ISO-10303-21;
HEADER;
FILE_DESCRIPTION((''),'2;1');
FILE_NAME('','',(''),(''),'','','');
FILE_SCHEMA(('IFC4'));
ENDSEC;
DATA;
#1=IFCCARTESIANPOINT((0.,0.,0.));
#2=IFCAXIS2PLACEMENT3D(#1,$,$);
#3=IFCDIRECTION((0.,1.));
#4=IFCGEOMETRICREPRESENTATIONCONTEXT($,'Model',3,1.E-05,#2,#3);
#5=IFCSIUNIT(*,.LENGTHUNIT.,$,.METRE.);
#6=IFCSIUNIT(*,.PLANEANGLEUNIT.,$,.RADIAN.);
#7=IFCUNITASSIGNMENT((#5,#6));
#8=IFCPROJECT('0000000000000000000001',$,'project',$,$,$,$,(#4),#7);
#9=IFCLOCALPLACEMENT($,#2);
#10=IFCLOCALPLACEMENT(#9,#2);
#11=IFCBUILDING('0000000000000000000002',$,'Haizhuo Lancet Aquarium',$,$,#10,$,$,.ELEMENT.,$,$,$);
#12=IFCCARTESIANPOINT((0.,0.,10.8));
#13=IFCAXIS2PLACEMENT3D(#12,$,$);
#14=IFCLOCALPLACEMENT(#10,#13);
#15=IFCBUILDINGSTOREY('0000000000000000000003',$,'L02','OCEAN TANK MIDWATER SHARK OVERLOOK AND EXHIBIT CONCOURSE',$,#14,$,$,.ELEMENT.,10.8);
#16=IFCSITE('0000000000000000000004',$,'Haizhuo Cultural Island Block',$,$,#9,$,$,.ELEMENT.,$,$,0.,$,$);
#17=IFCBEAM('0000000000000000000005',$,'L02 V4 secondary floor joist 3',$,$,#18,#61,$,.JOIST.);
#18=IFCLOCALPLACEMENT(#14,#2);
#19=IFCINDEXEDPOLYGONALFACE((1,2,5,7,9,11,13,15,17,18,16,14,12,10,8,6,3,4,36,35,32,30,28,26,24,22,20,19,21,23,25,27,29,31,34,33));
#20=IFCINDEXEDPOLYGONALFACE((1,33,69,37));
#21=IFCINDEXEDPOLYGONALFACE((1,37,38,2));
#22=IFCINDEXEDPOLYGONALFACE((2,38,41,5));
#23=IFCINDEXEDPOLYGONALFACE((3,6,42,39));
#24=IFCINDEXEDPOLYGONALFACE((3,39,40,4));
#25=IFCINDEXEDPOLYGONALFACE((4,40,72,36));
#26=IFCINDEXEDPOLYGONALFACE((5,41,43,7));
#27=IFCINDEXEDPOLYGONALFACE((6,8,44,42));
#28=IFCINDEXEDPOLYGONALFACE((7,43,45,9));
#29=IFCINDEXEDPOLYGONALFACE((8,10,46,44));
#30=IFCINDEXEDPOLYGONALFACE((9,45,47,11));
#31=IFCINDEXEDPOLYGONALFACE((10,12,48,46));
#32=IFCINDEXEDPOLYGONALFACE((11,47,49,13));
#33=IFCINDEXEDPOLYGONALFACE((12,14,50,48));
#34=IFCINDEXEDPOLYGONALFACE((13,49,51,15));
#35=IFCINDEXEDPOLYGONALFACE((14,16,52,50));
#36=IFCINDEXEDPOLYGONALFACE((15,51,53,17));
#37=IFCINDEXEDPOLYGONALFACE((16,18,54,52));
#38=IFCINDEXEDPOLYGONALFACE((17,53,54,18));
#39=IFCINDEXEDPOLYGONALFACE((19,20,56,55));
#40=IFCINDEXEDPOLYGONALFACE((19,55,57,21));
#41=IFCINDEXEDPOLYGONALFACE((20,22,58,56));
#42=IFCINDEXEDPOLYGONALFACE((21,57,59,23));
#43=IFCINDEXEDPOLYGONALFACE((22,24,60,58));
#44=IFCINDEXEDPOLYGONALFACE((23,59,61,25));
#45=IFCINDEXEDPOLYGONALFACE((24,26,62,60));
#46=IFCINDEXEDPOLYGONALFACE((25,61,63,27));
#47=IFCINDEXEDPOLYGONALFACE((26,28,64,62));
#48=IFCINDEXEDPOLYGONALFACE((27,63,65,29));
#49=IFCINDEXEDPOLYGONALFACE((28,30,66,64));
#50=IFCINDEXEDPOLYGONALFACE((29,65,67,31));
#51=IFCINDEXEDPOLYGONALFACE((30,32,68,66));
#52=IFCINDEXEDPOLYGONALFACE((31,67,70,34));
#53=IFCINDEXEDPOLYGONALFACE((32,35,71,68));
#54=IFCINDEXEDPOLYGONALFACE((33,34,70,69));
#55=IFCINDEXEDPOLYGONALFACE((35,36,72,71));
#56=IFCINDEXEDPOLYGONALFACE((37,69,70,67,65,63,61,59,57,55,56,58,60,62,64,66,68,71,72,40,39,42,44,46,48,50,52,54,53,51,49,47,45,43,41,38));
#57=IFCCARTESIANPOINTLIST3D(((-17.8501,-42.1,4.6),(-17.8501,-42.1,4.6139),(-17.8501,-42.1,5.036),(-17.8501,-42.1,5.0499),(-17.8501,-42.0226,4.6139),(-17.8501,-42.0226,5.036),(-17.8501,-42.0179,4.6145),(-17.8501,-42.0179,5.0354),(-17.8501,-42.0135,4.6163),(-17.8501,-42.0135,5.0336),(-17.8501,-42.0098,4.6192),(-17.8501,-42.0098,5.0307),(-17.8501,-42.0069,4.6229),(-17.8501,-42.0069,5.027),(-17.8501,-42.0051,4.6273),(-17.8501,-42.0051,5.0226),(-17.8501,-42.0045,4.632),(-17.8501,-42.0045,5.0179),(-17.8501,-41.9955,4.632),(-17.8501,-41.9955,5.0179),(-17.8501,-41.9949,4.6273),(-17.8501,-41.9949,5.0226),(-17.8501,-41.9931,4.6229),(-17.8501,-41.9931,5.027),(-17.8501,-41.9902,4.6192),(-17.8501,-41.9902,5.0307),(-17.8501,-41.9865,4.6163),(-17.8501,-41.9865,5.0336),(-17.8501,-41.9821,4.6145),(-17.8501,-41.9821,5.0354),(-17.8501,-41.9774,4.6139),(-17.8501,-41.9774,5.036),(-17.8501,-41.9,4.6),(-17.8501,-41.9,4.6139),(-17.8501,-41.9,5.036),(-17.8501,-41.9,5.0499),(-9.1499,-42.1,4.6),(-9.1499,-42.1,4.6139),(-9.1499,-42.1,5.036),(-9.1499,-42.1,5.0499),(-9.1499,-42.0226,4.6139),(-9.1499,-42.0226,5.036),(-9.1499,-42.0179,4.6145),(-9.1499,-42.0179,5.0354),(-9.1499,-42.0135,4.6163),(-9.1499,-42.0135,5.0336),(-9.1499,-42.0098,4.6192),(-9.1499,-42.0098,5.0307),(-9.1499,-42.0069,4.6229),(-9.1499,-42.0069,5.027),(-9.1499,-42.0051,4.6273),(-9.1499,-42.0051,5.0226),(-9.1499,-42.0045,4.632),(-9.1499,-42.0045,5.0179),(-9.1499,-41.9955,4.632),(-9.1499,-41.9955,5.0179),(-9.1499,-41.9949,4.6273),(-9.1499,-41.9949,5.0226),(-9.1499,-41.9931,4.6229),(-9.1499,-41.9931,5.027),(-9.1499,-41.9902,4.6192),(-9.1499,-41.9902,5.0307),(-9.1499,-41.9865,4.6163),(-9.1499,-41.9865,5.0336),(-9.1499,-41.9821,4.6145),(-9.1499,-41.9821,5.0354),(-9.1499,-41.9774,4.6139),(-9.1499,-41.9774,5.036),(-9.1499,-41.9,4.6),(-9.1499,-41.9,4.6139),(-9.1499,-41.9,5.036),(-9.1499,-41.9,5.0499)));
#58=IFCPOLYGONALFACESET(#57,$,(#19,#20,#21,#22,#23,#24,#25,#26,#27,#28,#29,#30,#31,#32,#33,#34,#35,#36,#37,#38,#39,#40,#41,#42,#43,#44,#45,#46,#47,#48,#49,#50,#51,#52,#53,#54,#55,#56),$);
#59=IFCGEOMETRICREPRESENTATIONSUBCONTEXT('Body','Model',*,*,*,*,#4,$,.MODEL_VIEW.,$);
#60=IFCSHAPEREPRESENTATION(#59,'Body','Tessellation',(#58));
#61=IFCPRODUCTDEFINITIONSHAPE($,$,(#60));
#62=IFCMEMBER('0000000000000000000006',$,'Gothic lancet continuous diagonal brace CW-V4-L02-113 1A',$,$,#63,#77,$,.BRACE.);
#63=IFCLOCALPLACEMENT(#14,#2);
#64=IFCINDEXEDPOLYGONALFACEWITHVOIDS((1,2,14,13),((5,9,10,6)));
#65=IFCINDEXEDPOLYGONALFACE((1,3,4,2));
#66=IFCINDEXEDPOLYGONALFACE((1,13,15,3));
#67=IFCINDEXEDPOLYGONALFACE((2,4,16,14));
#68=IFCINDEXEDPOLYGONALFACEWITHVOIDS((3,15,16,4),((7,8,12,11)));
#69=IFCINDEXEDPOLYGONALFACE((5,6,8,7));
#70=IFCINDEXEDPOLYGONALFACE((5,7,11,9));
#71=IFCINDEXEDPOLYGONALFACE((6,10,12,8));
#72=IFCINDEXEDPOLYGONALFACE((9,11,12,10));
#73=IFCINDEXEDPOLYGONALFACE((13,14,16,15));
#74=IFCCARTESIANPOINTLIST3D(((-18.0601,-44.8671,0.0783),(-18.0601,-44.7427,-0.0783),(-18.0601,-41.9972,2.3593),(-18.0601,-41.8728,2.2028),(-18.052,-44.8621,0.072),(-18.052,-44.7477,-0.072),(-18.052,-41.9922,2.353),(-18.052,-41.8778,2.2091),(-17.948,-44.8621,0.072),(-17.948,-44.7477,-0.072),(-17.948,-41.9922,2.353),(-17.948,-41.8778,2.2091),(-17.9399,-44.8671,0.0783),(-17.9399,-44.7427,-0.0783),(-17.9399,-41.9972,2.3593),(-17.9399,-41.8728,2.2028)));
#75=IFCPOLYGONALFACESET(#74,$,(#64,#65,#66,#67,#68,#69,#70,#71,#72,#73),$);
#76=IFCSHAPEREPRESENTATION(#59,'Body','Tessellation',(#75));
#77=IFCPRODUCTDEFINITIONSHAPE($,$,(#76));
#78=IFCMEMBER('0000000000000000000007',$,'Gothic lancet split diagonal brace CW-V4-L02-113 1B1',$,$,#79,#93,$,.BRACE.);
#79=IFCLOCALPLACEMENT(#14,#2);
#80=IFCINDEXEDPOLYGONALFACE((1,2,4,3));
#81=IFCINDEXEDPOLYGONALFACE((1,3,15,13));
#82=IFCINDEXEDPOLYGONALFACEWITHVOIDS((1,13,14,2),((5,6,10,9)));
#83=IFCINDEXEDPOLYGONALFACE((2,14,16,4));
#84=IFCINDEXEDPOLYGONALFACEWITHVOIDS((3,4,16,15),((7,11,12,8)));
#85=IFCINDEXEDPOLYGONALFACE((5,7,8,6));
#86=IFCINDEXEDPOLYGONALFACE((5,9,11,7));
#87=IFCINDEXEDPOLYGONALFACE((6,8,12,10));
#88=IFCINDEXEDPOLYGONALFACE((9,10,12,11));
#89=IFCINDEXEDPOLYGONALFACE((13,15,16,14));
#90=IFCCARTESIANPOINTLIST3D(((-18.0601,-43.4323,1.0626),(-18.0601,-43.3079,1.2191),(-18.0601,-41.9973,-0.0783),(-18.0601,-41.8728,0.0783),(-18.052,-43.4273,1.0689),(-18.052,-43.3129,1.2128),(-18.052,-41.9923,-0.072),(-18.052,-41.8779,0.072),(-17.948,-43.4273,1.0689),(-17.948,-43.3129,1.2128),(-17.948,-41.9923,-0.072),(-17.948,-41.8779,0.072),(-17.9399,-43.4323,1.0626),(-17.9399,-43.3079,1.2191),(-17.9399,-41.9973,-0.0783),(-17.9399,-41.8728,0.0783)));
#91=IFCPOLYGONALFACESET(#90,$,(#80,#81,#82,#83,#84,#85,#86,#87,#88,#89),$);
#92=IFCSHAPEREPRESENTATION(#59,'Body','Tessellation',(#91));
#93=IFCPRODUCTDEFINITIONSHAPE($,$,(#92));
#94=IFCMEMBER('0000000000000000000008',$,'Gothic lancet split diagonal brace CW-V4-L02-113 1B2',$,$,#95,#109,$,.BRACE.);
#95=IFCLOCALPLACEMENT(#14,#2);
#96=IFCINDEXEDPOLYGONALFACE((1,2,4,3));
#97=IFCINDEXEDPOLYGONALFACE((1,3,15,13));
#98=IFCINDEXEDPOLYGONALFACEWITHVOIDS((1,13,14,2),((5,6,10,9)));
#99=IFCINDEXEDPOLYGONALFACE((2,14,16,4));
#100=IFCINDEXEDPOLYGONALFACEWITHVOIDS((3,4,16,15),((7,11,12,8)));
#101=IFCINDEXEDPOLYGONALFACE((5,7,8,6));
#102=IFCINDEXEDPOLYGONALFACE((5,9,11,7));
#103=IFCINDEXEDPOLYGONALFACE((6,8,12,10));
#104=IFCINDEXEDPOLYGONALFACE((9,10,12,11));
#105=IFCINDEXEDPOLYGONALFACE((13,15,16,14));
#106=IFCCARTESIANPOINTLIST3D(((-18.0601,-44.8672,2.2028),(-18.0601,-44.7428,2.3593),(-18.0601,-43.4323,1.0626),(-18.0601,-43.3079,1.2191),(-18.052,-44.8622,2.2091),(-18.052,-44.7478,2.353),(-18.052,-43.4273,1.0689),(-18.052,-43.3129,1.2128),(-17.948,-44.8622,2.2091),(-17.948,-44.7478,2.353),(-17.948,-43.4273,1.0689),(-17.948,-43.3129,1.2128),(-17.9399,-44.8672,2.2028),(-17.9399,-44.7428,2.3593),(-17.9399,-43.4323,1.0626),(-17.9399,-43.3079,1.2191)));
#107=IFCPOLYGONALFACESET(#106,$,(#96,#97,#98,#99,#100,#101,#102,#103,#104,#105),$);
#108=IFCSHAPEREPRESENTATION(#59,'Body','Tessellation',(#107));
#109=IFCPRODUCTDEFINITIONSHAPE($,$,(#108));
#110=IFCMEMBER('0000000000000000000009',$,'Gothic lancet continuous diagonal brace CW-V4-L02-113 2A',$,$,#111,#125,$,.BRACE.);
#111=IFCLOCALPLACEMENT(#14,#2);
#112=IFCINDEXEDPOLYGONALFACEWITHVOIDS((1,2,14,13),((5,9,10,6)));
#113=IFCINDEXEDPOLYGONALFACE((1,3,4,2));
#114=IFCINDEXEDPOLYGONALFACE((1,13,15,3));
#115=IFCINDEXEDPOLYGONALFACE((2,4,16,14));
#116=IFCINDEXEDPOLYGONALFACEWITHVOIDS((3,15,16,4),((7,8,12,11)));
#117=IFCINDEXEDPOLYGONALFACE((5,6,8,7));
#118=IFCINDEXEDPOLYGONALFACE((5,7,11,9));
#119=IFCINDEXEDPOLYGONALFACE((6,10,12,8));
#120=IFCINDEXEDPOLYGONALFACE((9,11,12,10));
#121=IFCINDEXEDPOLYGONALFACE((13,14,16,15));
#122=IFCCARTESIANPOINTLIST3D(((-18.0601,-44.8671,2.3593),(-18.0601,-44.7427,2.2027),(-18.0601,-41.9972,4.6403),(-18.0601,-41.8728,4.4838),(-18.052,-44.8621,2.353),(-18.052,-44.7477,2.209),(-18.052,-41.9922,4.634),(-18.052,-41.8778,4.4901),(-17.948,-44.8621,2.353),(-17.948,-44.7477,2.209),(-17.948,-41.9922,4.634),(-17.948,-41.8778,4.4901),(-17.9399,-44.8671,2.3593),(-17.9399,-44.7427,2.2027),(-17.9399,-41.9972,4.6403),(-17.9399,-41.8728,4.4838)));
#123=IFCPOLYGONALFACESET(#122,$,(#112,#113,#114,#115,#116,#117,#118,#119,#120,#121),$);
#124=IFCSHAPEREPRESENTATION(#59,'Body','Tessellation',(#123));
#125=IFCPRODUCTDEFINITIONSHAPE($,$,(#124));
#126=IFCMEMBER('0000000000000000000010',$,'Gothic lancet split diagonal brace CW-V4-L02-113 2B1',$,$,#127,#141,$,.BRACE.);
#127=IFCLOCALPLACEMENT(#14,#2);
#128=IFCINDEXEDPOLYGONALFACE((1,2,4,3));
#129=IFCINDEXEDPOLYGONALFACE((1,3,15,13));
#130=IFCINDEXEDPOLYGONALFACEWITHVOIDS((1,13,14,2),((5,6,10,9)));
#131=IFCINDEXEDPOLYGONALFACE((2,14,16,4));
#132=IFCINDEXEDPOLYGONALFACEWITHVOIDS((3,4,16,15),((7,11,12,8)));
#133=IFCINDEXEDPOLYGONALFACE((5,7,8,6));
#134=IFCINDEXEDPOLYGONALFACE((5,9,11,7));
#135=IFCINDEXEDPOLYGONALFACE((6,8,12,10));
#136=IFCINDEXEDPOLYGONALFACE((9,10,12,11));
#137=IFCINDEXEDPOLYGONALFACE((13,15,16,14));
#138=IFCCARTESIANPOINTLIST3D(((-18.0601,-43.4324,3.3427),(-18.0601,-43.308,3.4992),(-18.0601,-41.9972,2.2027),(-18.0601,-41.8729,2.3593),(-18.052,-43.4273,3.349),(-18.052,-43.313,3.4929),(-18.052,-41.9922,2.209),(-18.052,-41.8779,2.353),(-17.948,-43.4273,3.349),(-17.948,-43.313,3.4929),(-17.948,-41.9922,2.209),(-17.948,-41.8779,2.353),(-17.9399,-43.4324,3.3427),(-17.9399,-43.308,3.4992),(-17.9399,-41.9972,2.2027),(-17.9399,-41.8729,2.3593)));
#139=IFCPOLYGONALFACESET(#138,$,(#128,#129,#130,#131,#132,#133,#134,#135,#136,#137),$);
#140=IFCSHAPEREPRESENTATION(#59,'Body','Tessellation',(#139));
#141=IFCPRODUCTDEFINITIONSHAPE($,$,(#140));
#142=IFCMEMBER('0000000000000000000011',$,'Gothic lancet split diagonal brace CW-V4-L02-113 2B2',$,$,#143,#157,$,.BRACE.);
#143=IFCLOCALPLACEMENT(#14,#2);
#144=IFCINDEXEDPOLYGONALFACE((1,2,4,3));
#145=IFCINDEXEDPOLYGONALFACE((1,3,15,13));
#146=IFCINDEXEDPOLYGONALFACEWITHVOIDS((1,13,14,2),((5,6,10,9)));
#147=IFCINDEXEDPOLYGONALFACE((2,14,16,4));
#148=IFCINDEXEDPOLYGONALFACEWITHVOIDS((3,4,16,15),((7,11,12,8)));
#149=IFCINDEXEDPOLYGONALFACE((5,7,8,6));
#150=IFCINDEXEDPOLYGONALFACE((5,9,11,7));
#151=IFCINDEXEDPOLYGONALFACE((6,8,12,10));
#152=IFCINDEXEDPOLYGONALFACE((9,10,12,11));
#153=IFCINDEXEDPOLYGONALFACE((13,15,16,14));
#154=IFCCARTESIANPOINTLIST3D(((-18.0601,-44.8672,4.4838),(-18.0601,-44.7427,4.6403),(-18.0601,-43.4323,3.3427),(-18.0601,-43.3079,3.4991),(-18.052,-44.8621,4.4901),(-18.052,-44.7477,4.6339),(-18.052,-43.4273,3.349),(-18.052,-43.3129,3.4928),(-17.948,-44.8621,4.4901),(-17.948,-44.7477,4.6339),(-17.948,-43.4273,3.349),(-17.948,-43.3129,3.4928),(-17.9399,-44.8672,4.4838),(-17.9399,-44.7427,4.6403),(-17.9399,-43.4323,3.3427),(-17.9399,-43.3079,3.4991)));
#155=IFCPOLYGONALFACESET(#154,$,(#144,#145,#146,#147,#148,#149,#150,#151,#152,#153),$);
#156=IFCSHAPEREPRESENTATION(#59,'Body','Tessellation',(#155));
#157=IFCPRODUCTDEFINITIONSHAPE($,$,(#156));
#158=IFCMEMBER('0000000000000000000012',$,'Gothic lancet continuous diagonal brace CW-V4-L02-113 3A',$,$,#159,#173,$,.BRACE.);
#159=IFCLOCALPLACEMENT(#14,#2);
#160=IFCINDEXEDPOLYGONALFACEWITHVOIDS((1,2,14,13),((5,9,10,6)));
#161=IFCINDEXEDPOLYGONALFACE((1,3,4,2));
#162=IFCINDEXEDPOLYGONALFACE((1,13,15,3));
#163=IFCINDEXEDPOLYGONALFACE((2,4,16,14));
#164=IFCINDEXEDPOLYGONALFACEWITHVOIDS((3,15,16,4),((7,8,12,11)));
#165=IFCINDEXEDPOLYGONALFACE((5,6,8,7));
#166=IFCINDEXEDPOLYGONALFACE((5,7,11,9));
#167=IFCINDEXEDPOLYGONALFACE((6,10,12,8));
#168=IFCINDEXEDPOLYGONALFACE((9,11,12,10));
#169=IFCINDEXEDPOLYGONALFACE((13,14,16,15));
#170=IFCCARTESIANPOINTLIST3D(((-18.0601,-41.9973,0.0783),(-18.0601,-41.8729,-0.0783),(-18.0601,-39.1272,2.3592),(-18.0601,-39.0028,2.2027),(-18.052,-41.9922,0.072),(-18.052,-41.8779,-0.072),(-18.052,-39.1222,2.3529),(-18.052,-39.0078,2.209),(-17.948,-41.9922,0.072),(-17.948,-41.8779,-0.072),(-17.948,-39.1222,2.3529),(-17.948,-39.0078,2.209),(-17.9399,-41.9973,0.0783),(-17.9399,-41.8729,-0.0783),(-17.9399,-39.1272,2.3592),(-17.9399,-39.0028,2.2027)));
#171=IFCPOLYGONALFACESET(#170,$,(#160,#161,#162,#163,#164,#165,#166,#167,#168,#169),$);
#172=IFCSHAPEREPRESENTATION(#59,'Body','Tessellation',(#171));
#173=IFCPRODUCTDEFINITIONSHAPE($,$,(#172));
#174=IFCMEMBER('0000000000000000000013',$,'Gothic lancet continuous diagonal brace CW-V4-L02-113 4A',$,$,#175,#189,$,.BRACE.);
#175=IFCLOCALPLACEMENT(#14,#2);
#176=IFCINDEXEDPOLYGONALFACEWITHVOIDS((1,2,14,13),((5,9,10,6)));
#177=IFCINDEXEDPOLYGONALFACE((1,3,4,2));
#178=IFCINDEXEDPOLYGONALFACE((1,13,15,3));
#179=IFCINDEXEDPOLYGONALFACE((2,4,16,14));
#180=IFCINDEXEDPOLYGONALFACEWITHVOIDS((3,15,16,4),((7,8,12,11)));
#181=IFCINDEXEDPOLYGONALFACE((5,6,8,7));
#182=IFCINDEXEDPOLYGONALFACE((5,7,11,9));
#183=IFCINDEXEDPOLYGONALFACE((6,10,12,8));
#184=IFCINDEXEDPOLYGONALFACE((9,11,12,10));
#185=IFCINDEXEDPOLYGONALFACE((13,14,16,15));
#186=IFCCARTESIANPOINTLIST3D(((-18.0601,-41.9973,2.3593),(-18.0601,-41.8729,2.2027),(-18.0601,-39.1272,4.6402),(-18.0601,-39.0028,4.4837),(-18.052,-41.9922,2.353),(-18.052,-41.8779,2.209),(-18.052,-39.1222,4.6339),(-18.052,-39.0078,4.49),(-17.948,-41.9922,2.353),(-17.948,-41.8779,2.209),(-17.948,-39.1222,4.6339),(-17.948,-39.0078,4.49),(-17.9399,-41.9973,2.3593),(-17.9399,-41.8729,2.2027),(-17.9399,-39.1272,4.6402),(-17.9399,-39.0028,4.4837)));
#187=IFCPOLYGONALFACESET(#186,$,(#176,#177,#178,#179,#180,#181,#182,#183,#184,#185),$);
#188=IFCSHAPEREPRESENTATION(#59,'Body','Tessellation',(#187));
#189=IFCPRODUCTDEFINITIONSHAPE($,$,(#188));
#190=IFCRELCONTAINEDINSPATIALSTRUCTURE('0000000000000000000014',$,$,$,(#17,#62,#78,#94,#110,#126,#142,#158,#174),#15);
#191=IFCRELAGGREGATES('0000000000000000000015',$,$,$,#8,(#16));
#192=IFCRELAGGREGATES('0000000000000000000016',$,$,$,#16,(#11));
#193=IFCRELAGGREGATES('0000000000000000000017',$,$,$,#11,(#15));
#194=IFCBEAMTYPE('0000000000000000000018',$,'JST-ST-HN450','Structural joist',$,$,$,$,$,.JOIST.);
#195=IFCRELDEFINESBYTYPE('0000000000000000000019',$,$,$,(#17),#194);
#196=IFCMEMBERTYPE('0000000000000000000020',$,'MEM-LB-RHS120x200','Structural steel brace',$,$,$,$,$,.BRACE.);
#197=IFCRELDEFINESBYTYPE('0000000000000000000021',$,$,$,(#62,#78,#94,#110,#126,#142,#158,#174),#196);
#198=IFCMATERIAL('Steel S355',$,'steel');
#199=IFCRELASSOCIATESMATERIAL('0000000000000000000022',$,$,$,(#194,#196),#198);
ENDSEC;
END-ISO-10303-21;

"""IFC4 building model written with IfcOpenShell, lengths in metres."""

from ifc_helpers import new_model, si_unit, direction, frame, origin, origin_2d, place, context, subcontext, project, spatial, hollow_rectangle, i_section, extrude, material, material_profile, profile_set, type_object, element, save


model = new_model("IFC4")

# Units and contexts
model_context = context("Model", 3, precision=1e-05, world=origin(), true_north=direction((0.0, 1.0)))
body_context = subcontext(model_context, "Body", "Model", "MODEL_VIEW")
ifc_project = project(units=[si_unit("LENGTHUNIT", "METRE"), si_unit("PLANEANGLEUNIT", "RADIAN")], contexts=[model_context])

# Site, building, storey
site_placement = place(None, origin())
site = spatial("IfcSite", under=ifc_project, at=site_placement, Name="Haizhuo Cultural Island Block", CompositionType="ELEMENT", RefElevation=0.0)
building_placement = place(site_placement, origin())
building = spatial("IfcBuilding", under=site, at=building_placement, Name="Haizhuo Lancet Aquarium", CompositionType="ELEMENT")
storey_placement = place(building_placement, frame((0.0, 0.0, 10.8)))
storey = spatial("IfcBuildingStorey", under=building, at=storey_placement, Name="L02", Description="OCEAN TANK MIDWATER SHARK OVERLOOK AND EXHIBIT CONCOURSE", CompositionType="ELEMENT", Elevation=10.8)

# Beam
ifc_material_1 = material(Name="Steel S355", Category="steel")
ifc_material_profile_1 = material_profile(ifc_material_1, i_section(OverallWidth=0.2, OverallDepth=0.45, WebThickness=0.009, FlangeThickness=0.0139, FilletRadius=0.0181, at=origin_2d()), Name="HN 450x200x9x14")
ifc_profile_set_1 = profile_set([ifc_material_profile_1], Name="Steel S355")
beam_type = type_object("IfcBeamType", Name="JST-ST-HN450", Description="Structural joist", PredefinedType="JOIST", material=ifc_profile_set_1)
beam_placement = place(storey_placement, frame((-17.8501, -42.0, 4.825), z_axis=(1.0, 0.0, 0.0), x_axis=(0.0, 1.0, 0.0)))
element("IfcBeam", 1, at=beam_placement, inside=storey, type_object=beam_type, Name="L02 V4 secondary floor joist 3", PredefinedType="JOIST", context=body_context, shape_type="SweptSolid", body=[
    extrude(i_section(OverallWidth=0.2, OverallDepth=0.45, WebThickness=0.009, FlangeThickness=0.0139, FilletRadius=0.0181, at=origin_2d()), origin(), (0.0, 0.0, 1.0), 8.7002),
])

# Members
ifc_material_profile_2 = material_profile(ifc_material_1, hollow_rectangle(XDim=0.1201, YDim=0.2, WallThickness=0.0081, at=origin_2d()), Name="RHS 120x200x8")
ifc_profile_set_2 = profile_set([ifc_material_profile_2], Name="Steel S355")
member_type_1 = type_object("IfcMemberType", Name="MEM-LB-RHS120x200", Description="Structural steel brace", PredefinedType="BRACE", material=ifc_profile_set_2)
member_1_placement = place(storey_placement, frame((-18.0, -44.8049, 0.0), z_axis=(0.0, 0.782847, 0.622215), x_axis=(-1.0, 0.0, 0.0)))
element("IfcMember", 2, at=member_1_placement, inside=storey, type_object=member_type_1, Name="Gothic lancet continuous diagonal brace CW-V4-L02-113 1A", PredefinedType="BRACE", context=body_context, shape_type="SweptSolid", body=[
    extrude(hollow_rectangle(XDim=0.1201, YDim=0.2, WallThickness=0.0081, at=origin_2d()), origin(), (0.0, 0.0, 1.0), 3.666),
])
member_2_placement = place(storey_placement, frame((-18.0, -41.9351, 0.0), z_axis=(0.0, -0.782775, 0.622305), x_axis=(1.0, 0.0, 0.0)))
element("IfcMember", 3, at=member_2_placement, inside=storey, type_object=member_type_1, Name="Gothic lancet split diagonal brace CW-V4-L02-113 1B1", PredefinedType="BRACE", context=body_context, shape_type="SweptSolid", body=[
    extrude(hollow_rectangle(XDim=0.1201, YDim=0.2, WallThickness=0.0081, at=origin_2d()), origin(), (0.0, 0.0, 1.0), 1.8333),
])
member_3_placement = place(storey_placement, frame((-18.0, -43.3701, 1.1409), z_axis=(0.0, -0.782918, 0.622125), x_axis=(1.0, 0.0, 0.0)))
element("IfcMember", 4, at=member_3_placement, inside=storey, type_object=member_type_1, Name="Gothic lancet split diagonal brace CW-V4-L02-113 1B2", PredefinedType="BRACE", context=body_context, shape_type="SweptSolid", body=[
    extrude(hollow_rectangle(XDim=0.1201, YDim=0.2, WallThickness=0.0081, at=origin_2d()), origin(), (0.0, 0.0, 1.0), 1.8328),
])
member_4_placement = place(storey_placement, frame((-18.0, -44.8049, 2.281), z_axis=(0.0, 0.782847, 0.622215), x_axis=(-1.0, 0.0, 0.0)))
element("IfcMember", 5, at=member_4_placement, inside=storey, type_object=member_type_1, Name="Gothic lancet continuous diagonal brace CW-V4-L02-113 2A", PredefinedType="BRACE", context=body_context, shape_type="SweptSolid", body=[
    extrude(hollow_rectangle(XDim=0.1201, YDim=0.2, WallThickness=0.0081, at=origin_2d()), origin(), (0.0, 0.0, 1.0), 3.666),
])
member_5_placement = place(storey_placement, frame((-18.0, -41.9351, 2.281), z_axis=(0.0, -0.783035, 0.621978), x_axis=(1.0, 0.0, 0.0)))
element("IfcMember", 6, at=member_5_placement, inside=storey, type_object=member_type_1, Name="Gothic lancet split diagonal brace CW-V4-L02-113 2B1", PredefinedType="BRACE", context=body_context, shape_type="SweptSolid", body=[
    extrude(hollow_rectangle(XDim=0.1201, YDim=0.2, WallThickness=0.0081, at=origin_2d()), origin(), (0.0, 0.0, 1.0), 1.8328),
])
member_6_placement = place(storey_placement, frame((-18.0, -43.3701, 3.4209), z_axis=(0.0, -0.782659, 0.622451), x_axis=(1.0, 0.0, 0.0)))
element("IfcMember", 7, at=member_6_placement, inside=storey, type_object=member_type_1, Name="Gothic lancet split diagonal brace CW-V4-L02-113 2B2", PredefinedType="BRACE", context=body_context, shape_type="SweptSolid", body=[
    extrude(hollow_rectangle(XDim=0.1201, YDim=0.2, WallThickness=0.0081, at=origin_2d()), origin(), (0.0, 0.0, 1.0), 1.8333),
])
for number, where, z_axis, x_axis, name in (
    (8, (-18.0, -41.9351, 0.0), (0.0, 0.782872, 0.622182), (-1.0, 0.0, 0.0), "Gothic lancet continuous diagonal brace CW-V4-L02-113 3A"),
    (9, (-18.0, -41.9351, 2.281), (0.0, 0.782872, 0.622182), (-1.0, 0.0, 0.0), "Gothic lancet continuous diagonal brace CW-V4-L02-113 4A"),
):
    element("IfcMember", number, at=place(storey_placement, frame(where, z_axis=z_axis, x_axis=x_axis)), inside=storey, type_object=member_type_1, Name=name, PredefinedType="BRACE", context=body_context, shape_type="SweptSolid", body=[
        extrude(hollow_rectangle(XDim=0.1201, YDim=0.2, WallThickness=0.0081, at=origin_2d()), origin(), (0.0, 0.0, 1.0), 3.666),
    ])

save(model, "model.ifc")
